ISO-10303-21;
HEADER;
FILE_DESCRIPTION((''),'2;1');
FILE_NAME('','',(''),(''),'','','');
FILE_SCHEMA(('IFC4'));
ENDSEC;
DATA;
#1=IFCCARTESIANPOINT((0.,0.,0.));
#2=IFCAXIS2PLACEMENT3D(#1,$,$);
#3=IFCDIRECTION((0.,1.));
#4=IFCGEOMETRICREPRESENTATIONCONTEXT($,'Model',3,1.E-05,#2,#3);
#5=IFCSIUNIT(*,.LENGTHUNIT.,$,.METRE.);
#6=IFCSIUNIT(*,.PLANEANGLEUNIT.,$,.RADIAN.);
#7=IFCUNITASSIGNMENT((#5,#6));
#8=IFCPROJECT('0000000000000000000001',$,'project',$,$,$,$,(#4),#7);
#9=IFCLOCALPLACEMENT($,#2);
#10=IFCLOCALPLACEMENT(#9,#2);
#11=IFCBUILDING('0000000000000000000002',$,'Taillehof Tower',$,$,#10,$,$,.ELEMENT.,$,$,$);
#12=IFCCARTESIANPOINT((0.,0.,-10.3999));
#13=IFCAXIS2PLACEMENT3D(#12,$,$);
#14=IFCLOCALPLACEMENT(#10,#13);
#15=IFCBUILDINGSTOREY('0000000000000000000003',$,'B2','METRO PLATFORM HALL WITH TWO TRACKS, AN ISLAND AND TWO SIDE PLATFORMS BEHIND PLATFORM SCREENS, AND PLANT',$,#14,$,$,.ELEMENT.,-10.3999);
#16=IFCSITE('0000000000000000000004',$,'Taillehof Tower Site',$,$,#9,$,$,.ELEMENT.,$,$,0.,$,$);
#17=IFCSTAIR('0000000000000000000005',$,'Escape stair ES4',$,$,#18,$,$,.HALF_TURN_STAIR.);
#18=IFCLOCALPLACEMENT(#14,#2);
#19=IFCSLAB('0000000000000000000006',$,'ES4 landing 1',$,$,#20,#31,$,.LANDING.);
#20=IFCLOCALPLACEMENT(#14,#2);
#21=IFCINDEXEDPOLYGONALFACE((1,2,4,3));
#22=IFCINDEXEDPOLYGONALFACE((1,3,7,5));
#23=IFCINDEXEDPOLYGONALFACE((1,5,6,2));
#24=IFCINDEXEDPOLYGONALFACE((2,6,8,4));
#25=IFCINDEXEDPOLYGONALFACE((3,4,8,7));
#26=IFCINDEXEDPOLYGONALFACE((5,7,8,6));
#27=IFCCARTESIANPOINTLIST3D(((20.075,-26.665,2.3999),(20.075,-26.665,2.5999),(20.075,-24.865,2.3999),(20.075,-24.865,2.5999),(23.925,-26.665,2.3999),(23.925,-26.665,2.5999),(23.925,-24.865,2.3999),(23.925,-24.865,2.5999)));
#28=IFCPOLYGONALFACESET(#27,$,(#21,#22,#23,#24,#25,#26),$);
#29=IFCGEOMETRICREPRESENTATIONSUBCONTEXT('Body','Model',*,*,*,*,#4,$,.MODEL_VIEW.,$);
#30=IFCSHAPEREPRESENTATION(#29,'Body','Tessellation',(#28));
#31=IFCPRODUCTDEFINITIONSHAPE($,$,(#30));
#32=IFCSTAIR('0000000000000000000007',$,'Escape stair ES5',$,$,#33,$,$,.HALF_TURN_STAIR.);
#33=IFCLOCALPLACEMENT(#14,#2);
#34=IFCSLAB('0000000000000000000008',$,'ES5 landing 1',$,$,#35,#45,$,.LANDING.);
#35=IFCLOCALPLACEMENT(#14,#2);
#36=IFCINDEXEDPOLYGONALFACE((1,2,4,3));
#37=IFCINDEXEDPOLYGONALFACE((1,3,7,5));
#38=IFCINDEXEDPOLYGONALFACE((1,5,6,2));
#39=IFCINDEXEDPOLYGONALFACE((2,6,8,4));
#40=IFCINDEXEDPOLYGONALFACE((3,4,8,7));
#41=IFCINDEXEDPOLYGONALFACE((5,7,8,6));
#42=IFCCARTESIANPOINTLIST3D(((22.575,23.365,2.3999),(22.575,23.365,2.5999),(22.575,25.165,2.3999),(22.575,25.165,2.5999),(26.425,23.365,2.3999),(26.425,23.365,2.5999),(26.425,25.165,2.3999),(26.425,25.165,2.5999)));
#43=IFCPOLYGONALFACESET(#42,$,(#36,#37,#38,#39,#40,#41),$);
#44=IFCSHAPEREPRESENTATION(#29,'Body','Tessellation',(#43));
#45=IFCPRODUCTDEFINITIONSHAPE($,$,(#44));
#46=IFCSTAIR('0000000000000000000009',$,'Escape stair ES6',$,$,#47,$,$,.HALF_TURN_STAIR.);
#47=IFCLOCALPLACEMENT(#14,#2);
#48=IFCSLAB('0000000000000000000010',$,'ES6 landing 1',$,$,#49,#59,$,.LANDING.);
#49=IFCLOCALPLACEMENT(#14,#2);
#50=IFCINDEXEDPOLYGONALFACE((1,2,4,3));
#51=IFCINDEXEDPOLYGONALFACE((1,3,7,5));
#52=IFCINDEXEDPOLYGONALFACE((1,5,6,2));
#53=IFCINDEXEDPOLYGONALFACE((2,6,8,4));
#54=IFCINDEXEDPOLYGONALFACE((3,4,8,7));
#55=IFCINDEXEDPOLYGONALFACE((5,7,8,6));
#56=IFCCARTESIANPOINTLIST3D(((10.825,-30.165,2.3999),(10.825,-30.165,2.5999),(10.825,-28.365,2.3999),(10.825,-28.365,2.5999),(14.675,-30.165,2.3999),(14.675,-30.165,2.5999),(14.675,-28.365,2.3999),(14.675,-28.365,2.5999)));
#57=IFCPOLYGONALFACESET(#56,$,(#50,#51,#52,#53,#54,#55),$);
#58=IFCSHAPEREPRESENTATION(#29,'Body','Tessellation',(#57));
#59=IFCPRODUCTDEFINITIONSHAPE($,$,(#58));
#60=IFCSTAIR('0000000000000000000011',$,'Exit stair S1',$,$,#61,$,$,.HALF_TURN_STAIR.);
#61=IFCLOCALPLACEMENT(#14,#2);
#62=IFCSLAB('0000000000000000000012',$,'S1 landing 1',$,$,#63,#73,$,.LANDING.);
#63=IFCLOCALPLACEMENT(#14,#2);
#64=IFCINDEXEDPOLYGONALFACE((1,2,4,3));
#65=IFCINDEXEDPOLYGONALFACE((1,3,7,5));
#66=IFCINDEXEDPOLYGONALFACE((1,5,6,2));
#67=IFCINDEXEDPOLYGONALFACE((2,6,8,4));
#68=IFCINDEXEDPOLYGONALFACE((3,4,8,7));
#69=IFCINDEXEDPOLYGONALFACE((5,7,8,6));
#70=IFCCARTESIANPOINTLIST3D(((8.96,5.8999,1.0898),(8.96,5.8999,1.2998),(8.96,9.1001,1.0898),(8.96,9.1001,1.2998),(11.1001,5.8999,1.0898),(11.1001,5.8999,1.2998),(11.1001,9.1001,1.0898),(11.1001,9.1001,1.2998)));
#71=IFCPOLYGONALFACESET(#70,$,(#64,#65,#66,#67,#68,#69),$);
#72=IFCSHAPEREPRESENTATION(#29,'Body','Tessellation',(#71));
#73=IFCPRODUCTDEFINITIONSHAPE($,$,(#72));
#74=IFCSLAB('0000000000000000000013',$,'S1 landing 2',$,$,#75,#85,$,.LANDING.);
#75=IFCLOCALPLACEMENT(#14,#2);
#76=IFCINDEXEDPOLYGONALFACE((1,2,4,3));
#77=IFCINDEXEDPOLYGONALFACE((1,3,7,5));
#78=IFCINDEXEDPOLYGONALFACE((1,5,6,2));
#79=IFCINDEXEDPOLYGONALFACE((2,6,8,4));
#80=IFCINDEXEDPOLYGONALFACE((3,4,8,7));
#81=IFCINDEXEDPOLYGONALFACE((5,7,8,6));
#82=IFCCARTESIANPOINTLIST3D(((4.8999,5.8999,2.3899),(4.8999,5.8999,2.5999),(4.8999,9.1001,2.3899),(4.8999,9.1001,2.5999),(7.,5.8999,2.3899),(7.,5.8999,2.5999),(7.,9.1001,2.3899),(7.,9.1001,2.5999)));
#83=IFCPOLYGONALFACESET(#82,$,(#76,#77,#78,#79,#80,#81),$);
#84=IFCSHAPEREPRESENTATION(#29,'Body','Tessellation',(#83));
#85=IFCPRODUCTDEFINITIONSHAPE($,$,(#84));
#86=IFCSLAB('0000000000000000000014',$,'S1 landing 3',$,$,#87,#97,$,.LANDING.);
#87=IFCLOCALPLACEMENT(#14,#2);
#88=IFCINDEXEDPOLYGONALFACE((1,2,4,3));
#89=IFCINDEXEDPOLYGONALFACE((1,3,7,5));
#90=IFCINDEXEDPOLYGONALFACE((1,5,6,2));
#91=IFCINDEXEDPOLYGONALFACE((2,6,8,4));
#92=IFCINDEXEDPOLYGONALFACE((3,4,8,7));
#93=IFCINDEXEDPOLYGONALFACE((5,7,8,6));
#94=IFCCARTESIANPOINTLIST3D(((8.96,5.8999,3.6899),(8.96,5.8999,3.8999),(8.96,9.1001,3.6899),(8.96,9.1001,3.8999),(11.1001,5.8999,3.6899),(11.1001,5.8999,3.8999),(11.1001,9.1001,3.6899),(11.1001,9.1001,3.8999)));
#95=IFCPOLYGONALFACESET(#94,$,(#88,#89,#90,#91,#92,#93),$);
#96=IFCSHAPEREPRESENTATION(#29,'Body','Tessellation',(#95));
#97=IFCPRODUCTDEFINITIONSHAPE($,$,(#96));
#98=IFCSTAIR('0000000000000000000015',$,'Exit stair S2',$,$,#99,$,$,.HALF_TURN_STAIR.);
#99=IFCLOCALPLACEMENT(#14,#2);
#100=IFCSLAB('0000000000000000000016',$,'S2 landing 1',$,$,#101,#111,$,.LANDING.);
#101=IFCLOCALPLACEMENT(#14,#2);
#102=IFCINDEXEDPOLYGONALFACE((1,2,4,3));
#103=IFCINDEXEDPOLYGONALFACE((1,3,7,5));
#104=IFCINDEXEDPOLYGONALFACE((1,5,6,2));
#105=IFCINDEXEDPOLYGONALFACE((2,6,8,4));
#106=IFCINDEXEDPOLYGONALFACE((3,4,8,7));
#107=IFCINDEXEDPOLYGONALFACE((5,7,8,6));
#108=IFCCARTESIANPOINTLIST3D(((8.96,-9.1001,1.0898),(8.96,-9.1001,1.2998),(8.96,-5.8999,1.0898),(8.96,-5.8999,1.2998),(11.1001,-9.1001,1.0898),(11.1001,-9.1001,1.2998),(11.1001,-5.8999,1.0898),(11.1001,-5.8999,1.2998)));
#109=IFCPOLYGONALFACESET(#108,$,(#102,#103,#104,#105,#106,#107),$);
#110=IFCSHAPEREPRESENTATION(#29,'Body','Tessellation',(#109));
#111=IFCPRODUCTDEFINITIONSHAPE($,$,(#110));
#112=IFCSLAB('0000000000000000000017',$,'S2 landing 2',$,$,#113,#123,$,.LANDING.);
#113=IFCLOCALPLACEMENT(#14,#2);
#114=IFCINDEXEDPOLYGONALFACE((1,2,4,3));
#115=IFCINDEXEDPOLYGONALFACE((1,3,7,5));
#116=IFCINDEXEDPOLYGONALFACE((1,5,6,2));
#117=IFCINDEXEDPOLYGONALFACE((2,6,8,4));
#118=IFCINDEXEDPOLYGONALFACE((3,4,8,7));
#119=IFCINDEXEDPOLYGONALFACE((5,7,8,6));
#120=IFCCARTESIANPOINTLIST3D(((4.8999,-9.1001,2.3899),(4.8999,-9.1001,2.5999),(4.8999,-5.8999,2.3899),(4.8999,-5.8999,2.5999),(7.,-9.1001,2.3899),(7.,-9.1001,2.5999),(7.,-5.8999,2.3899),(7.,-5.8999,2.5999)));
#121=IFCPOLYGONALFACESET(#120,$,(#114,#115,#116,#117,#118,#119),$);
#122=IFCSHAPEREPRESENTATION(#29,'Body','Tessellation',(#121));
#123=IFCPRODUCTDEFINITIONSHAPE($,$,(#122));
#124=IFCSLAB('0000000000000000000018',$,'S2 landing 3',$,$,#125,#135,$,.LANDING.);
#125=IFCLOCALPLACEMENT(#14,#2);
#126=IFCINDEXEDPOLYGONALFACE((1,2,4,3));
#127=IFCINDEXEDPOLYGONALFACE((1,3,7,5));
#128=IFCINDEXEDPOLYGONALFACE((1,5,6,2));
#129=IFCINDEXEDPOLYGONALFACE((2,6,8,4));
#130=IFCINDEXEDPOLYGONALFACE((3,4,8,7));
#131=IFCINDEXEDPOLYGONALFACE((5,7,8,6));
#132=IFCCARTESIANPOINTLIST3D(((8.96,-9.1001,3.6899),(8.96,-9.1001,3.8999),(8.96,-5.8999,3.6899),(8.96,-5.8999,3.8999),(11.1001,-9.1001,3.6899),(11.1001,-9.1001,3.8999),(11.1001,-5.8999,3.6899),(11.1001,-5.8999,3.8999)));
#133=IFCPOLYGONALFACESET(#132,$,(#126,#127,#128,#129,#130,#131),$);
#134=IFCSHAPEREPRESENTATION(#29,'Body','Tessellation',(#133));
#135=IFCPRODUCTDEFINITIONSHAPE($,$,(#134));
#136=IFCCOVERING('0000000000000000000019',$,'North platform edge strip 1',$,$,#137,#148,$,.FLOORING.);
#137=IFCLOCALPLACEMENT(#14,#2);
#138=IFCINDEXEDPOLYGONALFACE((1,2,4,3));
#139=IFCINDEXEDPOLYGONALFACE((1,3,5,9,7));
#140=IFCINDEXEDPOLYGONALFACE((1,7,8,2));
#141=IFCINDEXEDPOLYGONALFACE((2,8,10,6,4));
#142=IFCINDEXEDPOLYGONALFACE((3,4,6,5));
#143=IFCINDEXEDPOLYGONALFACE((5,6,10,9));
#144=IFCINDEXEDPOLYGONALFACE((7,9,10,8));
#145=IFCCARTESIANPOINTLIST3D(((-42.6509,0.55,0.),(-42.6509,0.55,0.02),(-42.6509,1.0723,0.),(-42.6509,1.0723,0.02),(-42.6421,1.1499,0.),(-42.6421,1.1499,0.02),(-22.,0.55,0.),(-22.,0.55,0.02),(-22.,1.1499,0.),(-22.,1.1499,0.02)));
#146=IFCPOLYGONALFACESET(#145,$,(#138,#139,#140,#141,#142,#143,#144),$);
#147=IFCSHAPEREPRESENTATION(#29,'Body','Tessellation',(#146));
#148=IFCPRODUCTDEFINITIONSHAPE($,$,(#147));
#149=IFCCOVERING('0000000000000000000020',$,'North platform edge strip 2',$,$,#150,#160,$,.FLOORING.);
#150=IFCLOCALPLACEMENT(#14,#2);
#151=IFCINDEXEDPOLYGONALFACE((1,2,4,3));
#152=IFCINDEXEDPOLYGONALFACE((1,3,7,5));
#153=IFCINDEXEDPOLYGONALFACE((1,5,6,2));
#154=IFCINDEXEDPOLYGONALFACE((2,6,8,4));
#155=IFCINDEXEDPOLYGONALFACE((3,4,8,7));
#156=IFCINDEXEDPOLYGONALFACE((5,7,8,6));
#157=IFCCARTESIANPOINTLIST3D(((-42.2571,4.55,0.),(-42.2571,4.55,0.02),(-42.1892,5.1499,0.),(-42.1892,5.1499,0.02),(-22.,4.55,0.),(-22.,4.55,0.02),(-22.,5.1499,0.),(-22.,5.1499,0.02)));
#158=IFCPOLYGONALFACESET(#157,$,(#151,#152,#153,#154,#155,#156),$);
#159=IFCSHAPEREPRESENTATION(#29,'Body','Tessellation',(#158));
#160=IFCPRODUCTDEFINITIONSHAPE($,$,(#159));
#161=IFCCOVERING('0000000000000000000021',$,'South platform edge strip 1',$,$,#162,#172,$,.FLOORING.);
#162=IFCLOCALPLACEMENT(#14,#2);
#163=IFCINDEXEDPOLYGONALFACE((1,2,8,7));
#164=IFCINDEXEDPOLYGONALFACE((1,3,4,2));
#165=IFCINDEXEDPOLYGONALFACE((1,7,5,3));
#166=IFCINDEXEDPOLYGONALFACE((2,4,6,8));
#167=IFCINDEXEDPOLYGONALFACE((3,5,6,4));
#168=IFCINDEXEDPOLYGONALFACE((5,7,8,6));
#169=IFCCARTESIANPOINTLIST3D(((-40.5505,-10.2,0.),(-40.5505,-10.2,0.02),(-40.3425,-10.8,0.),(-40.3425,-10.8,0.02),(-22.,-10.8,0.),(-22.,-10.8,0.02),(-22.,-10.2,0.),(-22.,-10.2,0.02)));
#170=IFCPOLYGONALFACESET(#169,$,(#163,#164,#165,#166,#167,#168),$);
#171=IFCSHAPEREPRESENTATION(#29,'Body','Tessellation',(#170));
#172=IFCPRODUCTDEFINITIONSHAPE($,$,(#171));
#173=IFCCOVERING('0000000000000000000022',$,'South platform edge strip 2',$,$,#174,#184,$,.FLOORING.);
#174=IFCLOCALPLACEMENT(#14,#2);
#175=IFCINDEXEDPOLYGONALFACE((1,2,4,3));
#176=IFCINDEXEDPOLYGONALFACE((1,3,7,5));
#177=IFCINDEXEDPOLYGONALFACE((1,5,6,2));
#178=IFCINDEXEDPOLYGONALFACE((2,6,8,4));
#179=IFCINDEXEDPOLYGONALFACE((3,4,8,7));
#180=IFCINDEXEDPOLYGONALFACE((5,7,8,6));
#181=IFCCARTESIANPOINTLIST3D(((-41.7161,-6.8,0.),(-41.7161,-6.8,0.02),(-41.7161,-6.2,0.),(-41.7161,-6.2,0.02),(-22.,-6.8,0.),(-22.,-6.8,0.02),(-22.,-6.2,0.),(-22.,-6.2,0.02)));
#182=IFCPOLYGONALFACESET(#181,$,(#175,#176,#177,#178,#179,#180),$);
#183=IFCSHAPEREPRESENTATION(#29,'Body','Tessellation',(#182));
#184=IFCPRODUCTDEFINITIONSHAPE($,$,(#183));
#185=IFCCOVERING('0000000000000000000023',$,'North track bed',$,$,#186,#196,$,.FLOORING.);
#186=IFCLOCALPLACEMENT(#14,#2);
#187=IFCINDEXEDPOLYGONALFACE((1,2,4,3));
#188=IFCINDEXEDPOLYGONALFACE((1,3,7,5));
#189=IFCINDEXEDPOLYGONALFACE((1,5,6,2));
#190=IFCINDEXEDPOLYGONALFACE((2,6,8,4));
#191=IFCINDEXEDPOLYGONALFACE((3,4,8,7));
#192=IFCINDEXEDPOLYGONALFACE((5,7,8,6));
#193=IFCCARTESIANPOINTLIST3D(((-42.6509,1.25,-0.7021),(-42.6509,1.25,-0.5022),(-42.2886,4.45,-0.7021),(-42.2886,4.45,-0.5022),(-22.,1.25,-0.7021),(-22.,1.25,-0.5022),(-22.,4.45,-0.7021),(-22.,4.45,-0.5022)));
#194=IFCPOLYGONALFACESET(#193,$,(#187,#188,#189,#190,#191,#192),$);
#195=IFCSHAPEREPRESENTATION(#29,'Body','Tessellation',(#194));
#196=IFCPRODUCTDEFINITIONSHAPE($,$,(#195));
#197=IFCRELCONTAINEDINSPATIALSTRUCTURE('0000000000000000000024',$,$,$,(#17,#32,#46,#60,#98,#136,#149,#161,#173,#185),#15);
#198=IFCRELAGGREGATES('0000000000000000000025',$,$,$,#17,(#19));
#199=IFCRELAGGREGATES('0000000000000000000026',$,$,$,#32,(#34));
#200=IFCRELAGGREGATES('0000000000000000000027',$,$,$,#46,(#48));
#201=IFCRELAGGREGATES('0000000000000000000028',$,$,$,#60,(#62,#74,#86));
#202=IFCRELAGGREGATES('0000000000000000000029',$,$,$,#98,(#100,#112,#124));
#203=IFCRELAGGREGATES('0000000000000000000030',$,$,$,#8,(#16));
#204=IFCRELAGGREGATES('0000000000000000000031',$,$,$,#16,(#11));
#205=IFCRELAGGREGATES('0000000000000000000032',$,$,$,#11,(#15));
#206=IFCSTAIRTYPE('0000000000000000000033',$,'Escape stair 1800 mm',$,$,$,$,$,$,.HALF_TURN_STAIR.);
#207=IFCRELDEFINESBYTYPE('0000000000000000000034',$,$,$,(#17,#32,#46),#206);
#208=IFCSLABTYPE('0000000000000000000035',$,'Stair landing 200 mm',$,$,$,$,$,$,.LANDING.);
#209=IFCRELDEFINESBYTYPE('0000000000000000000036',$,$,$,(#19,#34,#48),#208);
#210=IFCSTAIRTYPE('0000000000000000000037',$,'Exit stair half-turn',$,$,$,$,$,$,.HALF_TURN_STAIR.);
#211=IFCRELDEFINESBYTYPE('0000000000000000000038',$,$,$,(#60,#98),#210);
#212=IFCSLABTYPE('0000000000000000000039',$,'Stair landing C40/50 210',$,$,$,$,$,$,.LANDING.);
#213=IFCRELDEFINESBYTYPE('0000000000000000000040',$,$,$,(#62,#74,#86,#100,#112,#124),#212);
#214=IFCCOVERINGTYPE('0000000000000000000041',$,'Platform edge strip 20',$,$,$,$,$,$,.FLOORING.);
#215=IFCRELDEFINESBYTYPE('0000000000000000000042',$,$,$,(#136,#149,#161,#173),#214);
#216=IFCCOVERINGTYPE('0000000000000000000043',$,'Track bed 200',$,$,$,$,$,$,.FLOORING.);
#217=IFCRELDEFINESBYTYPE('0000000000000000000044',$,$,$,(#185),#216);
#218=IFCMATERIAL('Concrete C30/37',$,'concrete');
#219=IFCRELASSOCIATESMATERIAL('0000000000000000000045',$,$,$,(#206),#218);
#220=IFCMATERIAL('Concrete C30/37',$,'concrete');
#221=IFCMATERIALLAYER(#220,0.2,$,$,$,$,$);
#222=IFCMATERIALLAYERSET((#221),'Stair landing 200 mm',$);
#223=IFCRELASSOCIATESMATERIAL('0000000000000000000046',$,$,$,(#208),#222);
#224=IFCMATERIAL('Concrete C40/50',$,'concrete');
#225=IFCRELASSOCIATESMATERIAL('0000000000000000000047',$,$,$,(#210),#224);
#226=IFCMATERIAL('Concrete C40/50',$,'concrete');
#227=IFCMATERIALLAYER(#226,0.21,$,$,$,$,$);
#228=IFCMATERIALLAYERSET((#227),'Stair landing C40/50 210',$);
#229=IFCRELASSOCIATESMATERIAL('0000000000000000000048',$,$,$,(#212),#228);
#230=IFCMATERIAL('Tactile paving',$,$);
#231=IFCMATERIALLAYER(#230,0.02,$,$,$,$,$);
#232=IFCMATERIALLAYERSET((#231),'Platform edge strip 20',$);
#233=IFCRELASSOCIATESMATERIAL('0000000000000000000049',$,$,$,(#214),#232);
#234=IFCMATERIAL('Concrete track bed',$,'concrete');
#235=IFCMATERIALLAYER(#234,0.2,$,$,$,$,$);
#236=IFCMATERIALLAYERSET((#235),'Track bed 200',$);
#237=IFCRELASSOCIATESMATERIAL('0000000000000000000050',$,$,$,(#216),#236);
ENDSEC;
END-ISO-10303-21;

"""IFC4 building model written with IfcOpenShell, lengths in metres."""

from ifc_helpers import new_model, si_unit, direction, frame, origin, place, context, subcontext, project, spatial, polyline, outline, extrude, material, layer, layer_set, type_object, element, aggregate, save


model = new_model("IFC4")

# Units and contexts
model_context = context("Model", 3, precision=1e-05, world=origin(), true_north=direction((0.0, 1.0)))
body_context = subcontext(model_context, "Body", "Model", "MODEL_VIEW")
ifc_project = project(units=[si_unit("LENGTHUNIT", "METRE"), si_unit("PLANEANGLEUNIT", "RADIAN")], contexts=[model_context])

# Site, building, storey
site_placement = place(None, origin())
site = spatial("IfcSite", under=ifc_project, at=site_placement, Name="Taillehof Tower Site", CompositionType="ELEMENT", RefElevation=0.0)
building_placement = place(site_placement, origin())
building = spatial("IfcBuilding", under=site, at=building_placement, Name="Taillehof Tower", CompositionType="ELEMENT")
storey_placement = place(building_placement, frame((0.0, 0.0, -10.3999)))
storey = spatial("IfcBuildingStorey", under=building, at=storey_placement, Name="B2", Description="METRO PLATFORM HALL WITH TWO TRACKS, AN ISLAND AND TWO SIDE PLATFORMS BEHIND PLATFORM SCREENS, AND PLANT", CompositionType="ELEMENT", Elevation=-10.3999)

# Stairs, slabs
ifc_material_1 = material(Name="Concrete C30/37", Category="concrete")
stair_type_1 = type_object("IfcStairType", Name="Escape stair 1800 mm", PredefinedType="HALF_TURN_STAIR", material=ifc_material_1)
ifc_material_2 = material(Name="Concrete C30/37", Category="concrete")
ifc_layer_1 = layer(ifc_material_2, 0.2)
ifc_layer_set_1 = layer_set([ifc_layer_1], Name="Stair landing 200 mm")
slab_type_1 = type_object("IfcSlabType", Name="Stair landing 200 mm", PredefinedType="LANDING", material=ifc_layer_set_1)
stair_1_placement = place(storey_placement, origin())
stair_1 = element("IfcStair", 1, at=stair_1_placement, inside=storey, type_object=stair_type_1, Name="Escape stair ES4", PredefinedType="HALF_TURN_STAIR")
slab_1_placement = place(storey_placement, frame((0.0, 0.0, 2.3999)))
slab_1 = element("IfcSlab", 2, at=slab_1_placement, type_object=slab_type_1, Name="ES4 landing 1", PredefinedType="LANDING", context=body_context, shape_type="SweptSolid", body=[
    extrude(outline(polyline([(23.925, -24.865), (20.075, -24.865), (20.075, -26.665), (23.925, -26.665), (23.925, -24.865)])), origin(), (0.0, 0.0, 1.0), 0.2),
])
aggregate(stair_1, [slab_1])
stair_2_placement = place(storey_placement, origin())
stair_2 = element("IfcStair", 3, at=stair_2_placement, inside=storey, type_object=stair_type_1, Name="Escape stair ES5", PredefinedType="HALF_TURN_STAIR")
slab_2_placement = place(storey_placement, frame((0.0, 0.0, 2.3999)))
slab_2 = element("IfcSlab", 4, at=slab_2_placement, type_object=slab_type_1, Name="ES5 landing 1", PredefinedType="LANDING", context=body_context, shape_type="SweptSolid", body=[
    extrude(outline(polyline([(22.575, 23.365), (26.425, 23.365), (26.425, 25.165), (22.575, 25.165), (22.575, 23.365)])), origin(), (0.0, 0.0, 1.0), 0.2),
])
aggregate(stair_2, [slab_2])
stair_3_placement = place(storey_placement, origin())
stair_3 = element("IfcStair", 5, at=stair_3_placement, inside=storey, type_object=stair_type_1, Name="Escape stair ES6", PredefinedType="HALF_TURN_STAIR")
slab_3_placement = place(storey_placement, frame((0.0, 0.0, 2.3999)))
slab_3 = element("IfcSlab", 6, at=slab_3_placement, type_object=slab_type_1, Name="ES6 landing 1", PredefinedType="LANDING", context=body_context, shape_type="SweptSolid", body=[
    extrude(outline(polyline([(14.675, -28.365), (10.825, -28.365), (10.825, -30.165), (14.675, -30.165), (14.675, -28.365)])), origin(), (0.0, 0.0, 1.0), 0.2),
])
aggregate(stair_3, [slab_3])

# Stairs, slabs
ifc_material_3 = material(Name="Concrete C40/50", Category="concrete")
stair_type_2 = type_object("IfcStairType", Name="Exit stair half-turn", PredefinedType="HALF_TURN_STAIR", material=ifc_material_3)
stair_4_placement = place(storey_placement, origin())
stair_4 = element("IfcStair", 7, at=stair_4_placement, inside=storey, type_object=stair_type_2, Name="Exit stair S1", PredefinedType="HALF_TURN_STAIR")
ifc_material_4 = material(Name="Concrete C40/50", Category="concrete")
ifc_layer_2 = layer(ifc_material_4, 0.21)
ifc_layer_set_2 = layer_set([ifc_layer_2], Name="Stair landing C40/50 210")
slab_type_2 = type_object("IfcSlabType", Name="Stair landing C40/50 210", PredefinedType="LANDING", material=ifc_layer_set_2)
slab_4_placement = place(storey_placement, frame((0.0, 0.0, 1.0898)))
slab_4 = element("IfcSlab", 8, at=slab_4_placement, type_object=slab_type_2, Name="S1 landing 1", PredefinedType="LANDING", context=body_context, shape_type="SweptSolid", body=[
    extrude(outline(polyline([(8.96, 5.8999), (11.1001, 5.8999), (11.1001, 9.1001), (8.96, 9.1001), (8.96, 5.8999)])), origin(), (0.0, 0.0, 1.0), 0.21),
])
slab_5_placement = place(storey_placement, frame((0.0, 0.0, 2.3899)))
slab_5 = element("IfcSlab", 9, at=slab_5_placement, type_object=slab_type_2, Name="S1 landing 2", PredefinedType="LANDING", context=body_context, shape_type="SweptSolid", body=[
    extrude(outline(polyline([(4.8999, 5.8999), (7.0, 5.8999), (7.0, 9.1001), (4.8999, 9.1001), (4.8999, 5.8999)])), origin(), (0.0, 0.0, 1.0), 0.21),
])
slab_6_placement = place(storey_placement, frame((0.0, 0.0, 3.6899)))
slab_6 = element("IfcSlab", 10, at=slab_6_placement, type_object=slab_type_2, Name="S1 landing 3", PredefinedType="LANDING", context=body_context, shape_type="SweptSolid", body=[
    extrude(outline(polyline([(8.96, 5.8999), (11.1001, 5.8999), (11.1001, 9.1001), (8.96, 9.1001), (8.96, 5.8999)])), origin(), (0.0, 0.0, 1.0), 0.21),
])
aggregate(stair_4, [slab_4, slab_5, slab_6])
stair_5_placement = place(storey_placement, origin())
stair_5 = element("IfcStair", 11, at=stair_5_placement, inside=storey, type_object=stair_type_2, Name="Exit stair S2", PredefinedType="HALF_TURN_STAIR")
slab_7_placement = place(storey_placement, frame((0.0, 0.0, 1.0898)))
slab_7 = element("IfcSlab", 12, at=slab_7_placement, type_object=slab_type_2, Name="S2 landing 1", PredefinedType="LANDING", context=body_context, shape_type="SweptSolid", body=[
    extrude(outline(polyline([(8.96, -5.8999), (11.1001, -5.8999), (11.1001, -9.1001), (8.96, -9.1001), (8.96, -5.8999)])), origin(), (0.0, 0.0, 1.0), 0.21),
])
slab_8_placement = place(storey_placement, frame((0.0, 0.0, 2.3899)))
slab_8 = element("IfcSlab", 13, at=slab_8_placement, type_object=slab_type_2, Name="S2 landing 2", PredefinedType="LANDING", context=body_context, shape_type="SweptSolid", body=[
    extrude(outline(polyline([(4.8999, -5.8999), (7.0, -5.8999), (7.0, -9.1001), (4.8999, -9.1001), (4.8999, -5.8999)])), origin(), (0.0, 0.0, 1.0), 0.21),
])
slab_9_placement = place(storey_placement, frame((0.0, 0.0, 3.6899)))
slab_9 = element("IfcSlab", 14, at=slab_9_placement, type_object=slab_type_2, Name="S2 landing 3", PredefinedType="LANDING", context=body_context, shape_type="SweptSolid", body=[
    extrude(outline(polyline([(8.96, -5.8999), (11.1001, -5.8999), (11.1001, -9.1001), (8.96, -9.1001), (8.96, -5.8999)])), origin(), (0.0, 0.0, 1.0), 0.21),
])
aggregate(stair_5, [slab_7, slab_8, slab_9])

# Coverings
ifc_material_5 = material(Name="Tactile paving")
ifc_layer_3 = layer(ifc_material_5, 0.02)
ifc_layer_set_3 = layer_set([ifc_layer_3], Name="Platform edge strip 20")
covering_type_1 = type_object("IfcCoveringType", Name="Platform edge strip 20", PredefinedType="FLOORING", material=ifc_layer_set_3)
covering_1_placement = place(storey_placement, origin())
element("IfcCovering", 15, at=covering_1_placement, inside=storey, type_object=covering_type_1, Name="North platform edge strip 1", PredefinedType="FLOORING", context=body_context, shape_type="SweptSolid", body=[
    extrude(outline(polyline([(-22.0, 1.1499), (-22.0, 0.55), (-42.6509, 0.55), (-42.6509, 1.0723), (-42.6421, 1.1499), (-22.0, 1.1499)])), origin(), (0.0, 0.0, 1.0), 0.02),
])
covering_2_placement = place(storey_placement, origin())
element("IfcCovering", 16, at=covering_2_placement, inside=storey, type_object=covering_type_1, Name="North platform edge strip 2", PredefinedType="FLOORING", context=body_context, shape_type="SweptSolid", body=[
    extrude(outline(polyline([(-22.0, 5.1499), (-22.0, 4.55), (-42.2571, 4.55), (-42.1892, 5.1499), (-22.0, 5.1499)])), origin(), (0.0, 0.0, 1.0), 0.02),
])
covering_3_placement = place(storey_placement, origin())
element("IfcCovering", 17, at=covering_3_placement, inside=storey, type_object=covering_type_1, Name="South platform edge strip 1", PredefinedType="FLOORING", context=body_context, shape_type="SweptSolid", body=[
    extrude(outline(polyline([(-22.0, -10.2), (-22.0, -10.8), (-40.3425, -10.8), (-40.5505, -10.2), (-22.0, -10.2)])), origin(), (0.0, 0.0, 1.0), 0.02),
])
covering_4_placement = place(storey_placement, origin())
element("IfcCovering", 18, at=covering_4_placement, inside=storey, type_object=covering_type_1, Name="South platform edge strip 2", PredefinedType="FLOORING", context=body_context, shape_type="SweptSolid", body=[
    extrude(outline(polyline([(-41.7161, -6.8), (-41.7161, -6.2), (-22.0, -6.2), (-22.0, -6.8), (-41.7161, -6.8)])), origin(), (0.0, 0.0, 1.0), 0.02),
])
ifc_material_6 = material(Name="Concrete track bed", Category="concrete")
ifc_layer_4 = layer(ifc_material_6, 0.2)
ifc_layer_set_4 = layer_set([ifc_layer_4], Name="Track bed 200")
covering_type_2 = type_object("IfcCoveringType", Name="Track bed 200", PredefinedType="FLOORING", material=ifc_layer_set_4)
covering_5_placement = place(storey_placement, frame((0.0, 0.0, -0.7021)))
element("IfcCovering", 19, at=covering_5_placement, inside=storey, type_object=covering_type_2, Name="North track bed", PredefinedType="FLOORING", context=body_context, shape_type="SweptSolid", body=[
    extrude(outline(polyline([(-22.0, 4.45), (-22.0, 1.25), (-42.6509, 1.25), (-42.2886, 4.45), (-22.0, 4.45)])), origin(), (0.0, 0.0, 1.0), 0.2),
])

save(model, "model.ifc")
